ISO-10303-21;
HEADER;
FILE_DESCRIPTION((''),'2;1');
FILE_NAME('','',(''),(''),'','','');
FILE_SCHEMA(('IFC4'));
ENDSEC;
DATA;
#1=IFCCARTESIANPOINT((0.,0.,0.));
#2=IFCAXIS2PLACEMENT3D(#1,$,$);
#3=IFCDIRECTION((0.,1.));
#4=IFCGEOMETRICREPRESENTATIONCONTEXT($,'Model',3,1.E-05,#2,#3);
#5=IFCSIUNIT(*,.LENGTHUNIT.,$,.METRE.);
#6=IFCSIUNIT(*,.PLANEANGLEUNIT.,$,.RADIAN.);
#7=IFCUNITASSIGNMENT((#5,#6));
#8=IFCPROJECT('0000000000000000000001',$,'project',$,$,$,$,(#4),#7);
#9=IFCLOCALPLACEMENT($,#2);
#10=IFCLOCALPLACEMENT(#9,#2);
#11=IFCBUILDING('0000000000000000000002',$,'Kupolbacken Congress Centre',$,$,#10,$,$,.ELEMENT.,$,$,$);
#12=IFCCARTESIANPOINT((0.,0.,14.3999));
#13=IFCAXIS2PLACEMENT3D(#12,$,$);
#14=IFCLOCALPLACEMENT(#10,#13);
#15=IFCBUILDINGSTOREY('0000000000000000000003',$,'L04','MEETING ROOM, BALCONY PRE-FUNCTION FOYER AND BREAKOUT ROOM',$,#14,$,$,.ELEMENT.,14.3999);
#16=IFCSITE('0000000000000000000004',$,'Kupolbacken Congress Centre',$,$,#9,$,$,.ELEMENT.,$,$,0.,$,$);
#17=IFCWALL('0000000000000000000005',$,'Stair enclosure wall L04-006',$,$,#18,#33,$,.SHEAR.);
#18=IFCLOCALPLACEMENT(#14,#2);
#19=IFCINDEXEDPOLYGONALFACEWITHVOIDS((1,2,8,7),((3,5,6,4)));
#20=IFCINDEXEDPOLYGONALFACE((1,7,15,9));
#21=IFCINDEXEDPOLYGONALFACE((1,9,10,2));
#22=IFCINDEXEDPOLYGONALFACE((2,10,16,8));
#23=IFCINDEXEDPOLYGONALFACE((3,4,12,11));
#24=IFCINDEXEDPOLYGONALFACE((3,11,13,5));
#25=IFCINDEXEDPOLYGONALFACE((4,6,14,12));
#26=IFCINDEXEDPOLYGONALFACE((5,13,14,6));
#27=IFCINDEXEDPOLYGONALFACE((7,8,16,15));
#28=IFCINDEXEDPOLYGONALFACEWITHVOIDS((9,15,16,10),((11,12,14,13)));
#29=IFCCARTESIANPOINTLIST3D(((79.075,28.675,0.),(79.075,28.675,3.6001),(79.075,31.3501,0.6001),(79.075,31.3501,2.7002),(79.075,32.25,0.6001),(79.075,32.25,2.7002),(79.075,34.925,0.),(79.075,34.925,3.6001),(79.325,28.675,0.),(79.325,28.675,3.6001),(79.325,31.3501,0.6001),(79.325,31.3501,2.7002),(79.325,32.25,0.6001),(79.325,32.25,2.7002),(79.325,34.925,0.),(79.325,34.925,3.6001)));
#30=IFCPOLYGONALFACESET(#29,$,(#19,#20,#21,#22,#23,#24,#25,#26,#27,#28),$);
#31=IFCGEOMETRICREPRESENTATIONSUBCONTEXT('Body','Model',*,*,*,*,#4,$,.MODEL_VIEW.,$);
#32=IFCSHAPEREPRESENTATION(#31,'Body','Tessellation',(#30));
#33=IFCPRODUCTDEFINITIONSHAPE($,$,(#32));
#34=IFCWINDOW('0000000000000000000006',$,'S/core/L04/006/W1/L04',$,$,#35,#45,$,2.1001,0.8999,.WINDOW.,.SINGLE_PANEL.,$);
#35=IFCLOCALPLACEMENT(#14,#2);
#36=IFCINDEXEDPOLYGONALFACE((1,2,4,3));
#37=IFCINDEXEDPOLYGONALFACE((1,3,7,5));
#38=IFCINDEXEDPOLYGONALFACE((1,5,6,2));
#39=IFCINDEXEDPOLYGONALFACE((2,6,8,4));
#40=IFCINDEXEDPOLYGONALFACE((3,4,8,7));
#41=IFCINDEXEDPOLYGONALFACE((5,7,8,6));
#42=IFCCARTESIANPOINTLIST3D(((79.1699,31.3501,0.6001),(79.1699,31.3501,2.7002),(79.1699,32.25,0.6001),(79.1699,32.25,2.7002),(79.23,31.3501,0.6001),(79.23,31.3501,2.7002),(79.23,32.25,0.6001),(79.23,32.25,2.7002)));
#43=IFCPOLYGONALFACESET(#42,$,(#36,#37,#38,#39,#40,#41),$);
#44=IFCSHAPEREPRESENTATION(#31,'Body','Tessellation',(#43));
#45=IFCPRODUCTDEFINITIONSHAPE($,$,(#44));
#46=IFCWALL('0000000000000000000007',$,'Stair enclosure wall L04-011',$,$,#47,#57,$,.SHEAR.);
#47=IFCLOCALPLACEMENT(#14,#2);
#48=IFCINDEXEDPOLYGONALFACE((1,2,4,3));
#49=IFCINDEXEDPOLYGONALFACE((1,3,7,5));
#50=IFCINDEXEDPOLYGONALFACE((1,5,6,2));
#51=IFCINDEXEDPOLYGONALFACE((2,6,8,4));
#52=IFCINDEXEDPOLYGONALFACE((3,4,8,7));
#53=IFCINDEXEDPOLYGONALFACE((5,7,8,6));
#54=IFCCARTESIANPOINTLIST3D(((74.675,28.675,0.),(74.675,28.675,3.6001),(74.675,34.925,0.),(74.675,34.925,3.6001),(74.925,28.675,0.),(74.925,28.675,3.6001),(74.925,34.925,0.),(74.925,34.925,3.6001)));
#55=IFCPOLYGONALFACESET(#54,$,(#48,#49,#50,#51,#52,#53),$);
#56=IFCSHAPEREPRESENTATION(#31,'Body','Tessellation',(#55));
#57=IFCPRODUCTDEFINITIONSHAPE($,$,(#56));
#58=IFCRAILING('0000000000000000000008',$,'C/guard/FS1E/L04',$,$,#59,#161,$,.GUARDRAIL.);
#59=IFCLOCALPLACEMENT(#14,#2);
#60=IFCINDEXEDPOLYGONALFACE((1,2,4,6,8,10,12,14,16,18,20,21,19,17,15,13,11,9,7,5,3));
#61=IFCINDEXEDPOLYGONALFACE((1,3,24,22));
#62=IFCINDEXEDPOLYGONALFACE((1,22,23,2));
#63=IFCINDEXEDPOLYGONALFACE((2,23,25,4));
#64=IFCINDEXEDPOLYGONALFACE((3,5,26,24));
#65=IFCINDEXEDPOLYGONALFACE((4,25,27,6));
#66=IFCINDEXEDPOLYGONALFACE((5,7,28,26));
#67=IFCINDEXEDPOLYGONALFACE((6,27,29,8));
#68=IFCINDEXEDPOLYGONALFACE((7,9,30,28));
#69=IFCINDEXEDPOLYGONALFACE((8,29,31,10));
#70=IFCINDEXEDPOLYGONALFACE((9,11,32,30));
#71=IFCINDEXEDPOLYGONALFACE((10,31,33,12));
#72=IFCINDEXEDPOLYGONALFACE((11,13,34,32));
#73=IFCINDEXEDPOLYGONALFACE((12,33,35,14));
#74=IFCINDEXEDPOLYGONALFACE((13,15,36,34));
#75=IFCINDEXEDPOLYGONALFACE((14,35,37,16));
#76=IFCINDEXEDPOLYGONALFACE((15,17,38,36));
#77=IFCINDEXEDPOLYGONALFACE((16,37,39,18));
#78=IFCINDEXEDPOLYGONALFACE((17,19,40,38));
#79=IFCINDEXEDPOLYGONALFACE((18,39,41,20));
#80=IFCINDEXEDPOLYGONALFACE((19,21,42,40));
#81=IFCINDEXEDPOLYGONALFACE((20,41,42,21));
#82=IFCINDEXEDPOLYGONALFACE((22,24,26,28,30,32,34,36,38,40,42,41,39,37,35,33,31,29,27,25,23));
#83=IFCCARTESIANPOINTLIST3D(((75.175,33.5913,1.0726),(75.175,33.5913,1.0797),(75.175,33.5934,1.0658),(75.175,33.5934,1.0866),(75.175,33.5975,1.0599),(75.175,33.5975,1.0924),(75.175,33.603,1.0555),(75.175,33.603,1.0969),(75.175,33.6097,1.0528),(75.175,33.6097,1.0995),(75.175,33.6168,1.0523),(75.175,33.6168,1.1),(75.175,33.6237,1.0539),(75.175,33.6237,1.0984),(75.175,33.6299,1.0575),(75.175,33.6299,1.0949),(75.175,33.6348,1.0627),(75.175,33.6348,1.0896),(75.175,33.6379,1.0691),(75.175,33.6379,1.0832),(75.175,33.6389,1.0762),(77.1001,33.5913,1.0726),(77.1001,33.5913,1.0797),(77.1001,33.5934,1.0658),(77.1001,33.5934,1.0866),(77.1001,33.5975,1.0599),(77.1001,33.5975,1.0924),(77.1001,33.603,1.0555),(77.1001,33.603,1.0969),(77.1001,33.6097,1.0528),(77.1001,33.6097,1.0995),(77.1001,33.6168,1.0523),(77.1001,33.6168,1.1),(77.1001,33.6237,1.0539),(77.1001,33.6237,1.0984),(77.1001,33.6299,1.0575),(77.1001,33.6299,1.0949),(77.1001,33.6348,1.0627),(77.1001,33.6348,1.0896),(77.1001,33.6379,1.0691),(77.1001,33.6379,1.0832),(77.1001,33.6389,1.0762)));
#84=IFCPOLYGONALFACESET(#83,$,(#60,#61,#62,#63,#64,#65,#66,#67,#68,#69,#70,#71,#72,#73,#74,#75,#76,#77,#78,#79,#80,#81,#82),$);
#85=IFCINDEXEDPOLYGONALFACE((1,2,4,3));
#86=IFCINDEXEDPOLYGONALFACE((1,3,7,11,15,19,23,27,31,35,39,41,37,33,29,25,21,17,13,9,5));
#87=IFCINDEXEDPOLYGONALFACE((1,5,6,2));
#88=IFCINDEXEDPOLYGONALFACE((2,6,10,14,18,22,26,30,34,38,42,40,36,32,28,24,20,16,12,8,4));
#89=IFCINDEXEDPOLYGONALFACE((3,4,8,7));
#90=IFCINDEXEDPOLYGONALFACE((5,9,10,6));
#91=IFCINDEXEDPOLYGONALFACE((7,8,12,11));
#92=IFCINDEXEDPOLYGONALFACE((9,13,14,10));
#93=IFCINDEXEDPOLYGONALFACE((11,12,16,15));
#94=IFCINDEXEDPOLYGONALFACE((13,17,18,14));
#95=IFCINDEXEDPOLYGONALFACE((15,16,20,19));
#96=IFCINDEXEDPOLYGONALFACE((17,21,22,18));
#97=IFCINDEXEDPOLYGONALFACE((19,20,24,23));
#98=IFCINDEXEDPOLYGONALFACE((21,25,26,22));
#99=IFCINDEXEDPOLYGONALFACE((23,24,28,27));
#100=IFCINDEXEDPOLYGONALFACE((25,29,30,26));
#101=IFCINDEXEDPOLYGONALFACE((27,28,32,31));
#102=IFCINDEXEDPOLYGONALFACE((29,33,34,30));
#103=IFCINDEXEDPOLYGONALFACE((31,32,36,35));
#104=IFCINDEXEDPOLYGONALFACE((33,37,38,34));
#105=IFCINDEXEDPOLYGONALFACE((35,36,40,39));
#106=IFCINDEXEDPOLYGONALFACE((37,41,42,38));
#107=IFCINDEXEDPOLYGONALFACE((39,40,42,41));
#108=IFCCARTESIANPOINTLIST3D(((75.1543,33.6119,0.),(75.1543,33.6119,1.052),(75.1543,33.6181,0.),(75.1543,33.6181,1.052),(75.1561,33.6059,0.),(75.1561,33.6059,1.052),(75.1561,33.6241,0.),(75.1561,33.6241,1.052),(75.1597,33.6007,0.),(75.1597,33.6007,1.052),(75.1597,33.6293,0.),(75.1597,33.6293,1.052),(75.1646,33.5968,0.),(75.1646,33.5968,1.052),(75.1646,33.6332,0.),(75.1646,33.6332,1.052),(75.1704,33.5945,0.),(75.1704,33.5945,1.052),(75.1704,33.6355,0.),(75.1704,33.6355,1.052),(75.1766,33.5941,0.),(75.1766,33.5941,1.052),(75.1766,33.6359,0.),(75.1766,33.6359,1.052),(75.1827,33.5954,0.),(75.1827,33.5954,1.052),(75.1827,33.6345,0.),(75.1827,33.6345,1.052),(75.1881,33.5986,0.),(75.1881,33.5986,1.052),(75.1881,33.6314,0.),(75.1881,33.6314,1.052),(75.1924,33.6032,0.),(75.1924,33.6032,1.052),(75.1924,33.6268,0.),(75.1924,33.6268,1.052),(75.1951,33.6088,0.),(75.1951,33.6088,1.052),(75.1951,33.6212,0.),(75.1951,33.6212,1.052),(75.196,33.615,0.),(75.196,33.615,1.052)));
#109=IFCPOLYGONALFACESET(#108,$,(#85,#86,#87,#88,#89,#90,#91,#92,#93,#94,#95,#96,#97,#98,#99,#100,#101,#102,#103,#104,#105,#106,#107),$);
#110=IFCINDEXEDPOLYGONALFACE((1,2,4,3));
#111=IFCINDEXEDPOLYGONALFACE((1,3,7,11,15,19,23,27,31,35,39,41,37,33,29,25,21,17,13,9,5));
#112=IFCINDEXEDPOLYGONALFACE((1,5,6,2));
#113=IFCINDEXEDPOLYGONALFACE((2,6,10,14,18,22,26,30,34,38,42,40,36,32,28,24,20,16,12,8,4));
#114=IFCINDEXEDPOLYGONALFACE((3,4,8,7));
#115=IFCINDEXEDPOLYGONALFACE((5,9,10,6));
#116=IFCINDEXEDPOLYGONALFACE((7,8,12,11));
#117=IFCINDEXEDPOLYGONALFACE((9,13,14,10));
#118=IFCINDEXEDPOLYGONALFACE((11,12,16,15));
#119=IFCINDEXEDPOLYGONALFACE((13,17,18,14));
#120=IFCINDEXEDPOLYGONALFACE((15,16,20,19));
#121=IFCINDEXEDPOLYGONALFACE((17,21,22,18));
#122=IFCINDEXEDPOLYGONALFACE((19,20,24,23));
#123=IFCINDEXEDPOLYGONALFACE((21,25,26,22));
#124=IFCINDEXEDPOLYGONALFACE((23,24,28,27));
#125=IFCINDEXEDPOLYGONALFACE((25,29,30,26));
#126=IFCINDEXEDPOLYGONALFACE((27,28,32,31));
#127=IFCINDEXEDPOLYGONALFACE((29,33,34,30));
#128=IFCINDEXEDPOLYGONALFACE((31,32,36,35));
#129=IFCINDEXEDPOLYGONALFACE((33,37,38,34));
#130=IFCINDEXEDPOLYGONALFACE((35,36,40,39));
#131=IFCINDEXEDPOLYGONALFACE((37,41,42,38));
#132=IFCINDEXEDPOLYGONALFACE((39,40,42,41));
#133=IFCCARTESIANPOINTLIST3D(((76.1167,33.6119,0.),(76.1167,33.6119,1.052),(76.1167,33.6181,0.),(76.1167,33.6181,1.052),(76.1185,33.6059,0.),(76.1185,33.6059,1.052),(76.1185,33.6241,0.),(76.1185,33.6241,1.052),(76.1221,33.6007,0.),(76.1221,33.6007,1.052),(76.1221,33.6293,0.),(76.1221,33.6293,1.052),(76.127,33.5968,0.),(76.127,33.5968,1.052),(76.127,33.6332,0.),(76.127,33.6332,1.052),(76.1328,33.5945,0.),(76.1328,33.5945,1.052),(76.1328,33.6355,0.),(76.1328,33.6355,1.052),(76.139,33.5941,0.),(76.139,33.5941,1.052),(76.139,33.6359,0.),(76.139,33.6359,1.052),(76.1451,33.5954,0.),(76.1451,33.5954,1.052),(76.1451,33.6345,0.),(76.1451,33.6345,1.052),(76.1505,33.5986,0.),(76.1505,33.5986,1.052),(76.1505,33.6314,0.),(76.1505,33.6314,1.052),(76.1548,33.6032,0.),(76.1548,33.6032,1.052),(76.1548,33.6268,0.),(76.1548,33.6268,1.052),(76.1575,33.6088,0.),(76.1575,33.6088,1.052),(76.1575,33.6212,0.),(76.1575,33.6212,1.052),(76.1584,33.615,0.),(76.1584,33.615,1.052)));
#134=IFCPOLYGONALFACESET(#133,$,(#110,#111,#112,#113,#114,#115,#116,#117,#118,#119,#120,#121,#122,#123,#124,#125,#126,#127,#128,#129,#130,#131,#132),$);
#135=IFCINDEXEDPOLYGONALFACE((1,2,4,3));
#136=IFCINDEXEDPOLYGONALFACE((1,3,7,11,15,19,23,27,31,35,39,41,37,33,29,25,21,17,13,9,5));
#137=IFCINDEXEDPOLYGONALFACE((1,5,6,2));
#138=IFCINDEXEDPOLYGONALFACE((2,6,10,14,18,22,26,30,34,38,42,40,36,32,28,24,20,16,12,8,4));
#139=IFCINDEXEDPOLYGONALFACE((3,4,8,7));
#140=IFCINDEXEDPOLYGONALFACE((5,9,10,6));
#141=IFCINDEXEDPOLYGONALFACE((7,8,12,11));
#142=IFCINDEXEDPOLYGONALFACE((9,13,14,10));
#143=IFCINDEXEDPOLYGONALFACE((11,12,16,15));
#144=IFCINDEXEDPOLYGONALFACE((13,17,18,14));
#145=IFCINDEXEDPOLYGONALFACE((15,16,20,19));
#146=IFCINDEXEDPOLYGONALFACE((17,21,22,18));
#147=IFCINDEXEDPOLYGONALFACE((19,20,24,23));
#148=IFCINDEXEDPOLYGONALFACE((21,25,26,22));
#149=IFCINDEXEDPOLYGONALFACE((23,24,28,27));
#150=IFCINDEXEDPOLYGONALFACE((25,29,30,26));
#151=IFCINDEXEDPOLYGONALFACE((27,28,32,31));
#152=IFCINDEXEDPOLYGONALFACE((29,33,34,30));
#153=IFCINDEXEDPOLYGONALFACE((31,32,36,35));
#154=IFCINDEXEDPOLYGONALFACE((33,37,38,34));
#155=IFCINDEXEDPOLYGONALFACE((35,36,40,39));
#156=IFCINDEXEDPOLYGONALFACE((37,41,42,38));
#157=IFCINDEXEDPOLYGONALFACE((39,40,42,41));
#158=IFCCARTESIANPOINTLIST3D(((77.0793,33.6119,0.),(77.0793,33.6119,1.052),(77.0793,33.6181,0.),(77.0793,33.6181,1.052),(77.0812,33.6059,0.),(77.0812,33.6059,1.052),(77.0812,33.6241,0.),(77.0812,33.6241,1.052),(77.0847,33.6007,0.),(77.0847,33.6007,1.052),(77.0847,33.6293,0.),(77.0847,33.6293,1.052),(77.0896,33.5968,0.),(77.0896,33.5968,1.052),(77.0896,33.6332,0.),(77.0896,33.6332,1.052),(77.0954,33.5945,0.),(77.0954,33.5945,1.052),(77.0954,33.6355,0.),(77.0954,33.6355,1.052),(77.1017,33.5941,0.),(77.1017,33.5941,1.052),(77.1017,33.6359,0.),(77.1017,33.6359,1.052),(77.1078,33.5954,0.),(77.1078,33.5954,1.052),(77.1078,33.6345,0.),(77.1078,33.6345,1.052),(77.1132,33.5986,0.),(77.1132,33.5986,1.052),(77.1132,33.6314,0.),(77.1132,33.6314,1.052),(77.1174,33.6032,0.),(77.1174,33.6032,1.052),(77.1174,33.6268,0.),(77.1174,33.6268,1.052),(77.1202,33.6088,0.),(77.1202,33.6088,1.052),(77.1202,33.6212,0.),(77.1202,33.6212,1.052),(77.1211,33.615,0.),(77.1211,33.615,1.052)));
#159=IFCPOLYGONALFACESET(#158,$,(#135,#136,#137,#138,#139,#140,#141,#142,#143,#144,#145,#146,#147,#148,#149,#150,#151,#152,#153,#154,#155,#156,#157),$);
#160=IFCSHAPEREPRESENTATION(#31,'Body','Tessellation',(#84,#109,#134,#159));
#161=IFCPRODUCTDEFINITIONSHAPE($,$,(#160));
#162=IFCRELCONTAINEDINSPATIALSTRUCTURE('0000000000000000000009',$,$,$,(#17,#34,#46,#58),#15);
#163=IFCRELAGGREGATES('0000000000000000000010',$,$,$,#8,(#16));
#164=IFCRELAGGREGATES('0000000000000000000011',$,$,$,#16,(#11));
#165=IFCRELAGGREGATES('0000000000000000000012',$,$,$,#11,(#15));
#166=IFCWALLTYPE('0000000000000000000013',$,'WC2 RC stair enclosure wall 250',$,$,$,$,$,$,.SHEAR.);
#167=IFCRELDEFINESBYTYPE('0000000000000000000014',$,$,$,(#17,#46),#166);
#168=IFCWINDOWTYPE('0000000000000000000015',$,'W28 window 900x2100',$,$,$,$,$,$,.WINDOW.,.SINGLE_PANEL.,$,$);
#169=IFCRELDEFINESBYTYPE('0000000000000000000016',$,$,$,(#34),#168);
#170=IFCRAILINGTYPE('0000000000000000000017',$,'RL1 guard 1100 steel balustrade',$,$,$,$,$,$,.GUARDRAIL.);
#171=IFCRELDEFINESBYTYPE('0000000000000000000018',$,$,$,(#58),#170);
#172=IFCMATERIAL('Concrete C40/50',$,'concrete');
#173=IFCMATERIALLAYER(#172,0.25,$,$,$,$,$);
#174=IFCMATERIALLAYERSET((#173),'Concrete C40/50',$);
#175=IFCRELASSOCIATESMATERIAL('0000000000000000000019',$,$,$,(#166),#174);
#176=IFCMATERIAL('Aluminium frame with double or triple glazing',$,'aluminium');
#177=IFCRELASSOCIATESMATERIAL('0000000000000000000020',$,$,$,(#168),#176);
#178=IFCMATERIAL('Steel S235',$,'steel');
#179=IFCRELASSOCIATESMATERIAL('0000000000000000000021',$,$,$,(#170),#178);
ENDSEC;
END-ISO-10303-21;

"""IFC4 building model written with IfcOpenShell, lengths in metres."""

from ifc_helpers import new_model, si_unit, direction, frame, frame_2d, origin, origin_2d, place, context, subcontext, project, spatial, rectangle, circle, extrude, material, layer, layer_set, type_object, element, fill, save


model = new_model("IFC4")

# Units and contexts
model_context = context("Model", 3, precision=1e-05, world=origin(), true_north=direction((0.0, 1.0)))
body_context = subcontext(model_context, "Body", "Model", "MODEL_VIEW")
ifc_project = project(units=[si_unit("LENGTHUNIT", "METRE"), si_unit("PLANEANGLEUNIT", "RADIAN")], contexts=[model_context])

# Site, building, storey
site_placement = place(None, origin())
site = spatial("IfcSite", under=ifc_project, at=site_placement, Name="Kupolbacken Congress Centre", CompositionType="ELEMENT", RefElevation=0.0)
building_placement = place(site_placement, origin())
building = spatial("IfcBuilding", under=site, at=building_placement, Name="Kupolbacken Congress Centre", CompositionType="ELEMENT")
storey_placement = place(building_placement, frame((0.0, 0.0, 14.3999)))
storey = spatial("IfcBuildingStorey", under=building, at=storey_placement, Name="L04", Description="MEETING ROOM, BALCONY PRE-FUNCTION FOYER AND BREAKOUT ROOM", CompositionType="ELEMENT", Elevation=14.3999)

# Wall, opening, window
ifc_material_1 = material(Name="Concrete C40/50", Category="concrete")
ifc_layer_1 = layer(ifc_material_1, 0.25)
ifc_layer_set_1 = layer_set([ifc_layer_1], Name="Concrete C40/50")
wall_type_1 = type_object("IfcWallType", Name="WC2 RC stair enclosure wall 250", PredefinedType="SHEAR", material=ifc_layer_set_1)
ifc_material_2 = material(Name="Aluminium frame with double or triple glazing", Category="aluminium")
window_type = type_object("IfcWindowType", Name="W28 window 900x2100", PartitioningType="SINGLE_PANEL", PredefinedType="WINDOW", material=ifc_material_2)
wall_1_placement = place(storey_placement, frame((79.2, 28.675, 0.0), z_axis=(0.0, 0.0, 1.0), x_axis=(0.0, 1.0, 0.0)))
wall_1 = element("IfcWall", 1, at=wall_1_placement, inside=storey, type_object=wall_type_1, Name="Stair enclosure wall L04-006", PredefinedType="SHEAR", context=body_context, shape_type="SweptSolid", body=[
    extrude(rectangle(XDim=6.25, YDim=0.25, at=frame_2d((3.125, 0.0))), origin(), (0.0, 0.0, 1.0), 3.6001),
])
opening_1_placement = place(wall_1_placement, frame((2.675, 0.0, 0.6001)))
opening_1 = element("IfcOpeningElement", 2, at=opening_1_placement, cuts=wall_1, PredefinedType="OPENING", context=body_context, shape_type="SweptSolid", body=[
    extrude(rectangle(XDim=0.8999, YDim=2.1001, at=frame_2d((0.45, 1.05))), frame((0.0, 0.135, 0.0), z_axis=(0.0, -1.0, 0.0), x_axis=(1.0, 0.0, 0.0)), (0.0, 0.0, 1.0), 0.27),
])
window_1_placement = place(opening_1_placement, origin())
window_1 = element("IfcWindow", 3, at=window_1_placement, inside=storey, type_object=window_type, Name="S/core/L04/006/W1/L04", OverallHeight=2.1001, OverallWidth=0.8999, PartitioningType="SINGLE_PANEL", PredefinedType="WINDOW", context=body_context, shape_type="SweptSolid", body=[
    extrude(rectangle(XDim=0.8999, YDim=2.1001, at=frame_2d((0.45, 1.05))), frame((0.0, 0.03, 0.0), z_axis=(0.0, -1.0, 0.0), x_axis=(1.0, 0.0, 0.0)), (0.0, 0.0, 1.0), 0.0601),
])
fill(opening_1, window_1)

# Wall
wall_2_placement = place(storey_placement, frame((74.8, 34.925, 0.0), z_axis=(0.0, 0.0, 1.0), x_axis=(0.0, -1.0, 0.0)))
element("IfcWall", 4, at=wall_2_placement, inside=storey, type_object=wall_type_1, Name="Stair enclosure wall L04-011", PredefinedType="SHEAR", context=body_context, shape_type="SweptSolid", body=[
    extrude(rectangle(XDim=6.25, YDim=0.25, at=frame_2d((3.125, 0.0))), origin(), (0.0, 0.0, 1.0), 3.6001),
])

# Railing
ifc_material_3 = material(Name="Steel S235", Category="steel")
railing_type = type_object("IfcRailingType", Name="RL1 guard 1100 steel balustrade", PredefinedType="GUARDRAIL", material=ifc_material_3)
railing_placement = place(storey_placement, frame((75.175, 33.615, 0.0)))
element("IfcRailing", 5, at=railing_placement, inside=storey, type_object=railing_type, Name="C/guard/FS1E/L04", PredefinedType="GUARDRAIL", context=body_context, shape_type="SweptSolid", body=[
    extrude(circle(Radius=0.0239, at=origin_2d()), frame((0.0, 0.0, 1.0762), z_axis=(1.0, 0.0, 0.0), x_axis=(0.0, 1.0, 0.0)), (0.0, 0.0, 1.0), 1.925),
    extrude(circle(Radius=0.021, at=origin_2d()), origin(), (0.0, 0.0, 1.0), 1.052),
    extrude(circle(Radius=0.021, at=origin_2d()), frame((0.9624, 0.0, 0.0)), (0.0, 0.0, 1.0), 1.052),
    extrude(circle(Radius=0.021, at=origin_2d()), frame((1.925, 0.0, 0.0)), (0.0, 0.0, 1.0), 1.052),
])

save(model, "model.ifc")
